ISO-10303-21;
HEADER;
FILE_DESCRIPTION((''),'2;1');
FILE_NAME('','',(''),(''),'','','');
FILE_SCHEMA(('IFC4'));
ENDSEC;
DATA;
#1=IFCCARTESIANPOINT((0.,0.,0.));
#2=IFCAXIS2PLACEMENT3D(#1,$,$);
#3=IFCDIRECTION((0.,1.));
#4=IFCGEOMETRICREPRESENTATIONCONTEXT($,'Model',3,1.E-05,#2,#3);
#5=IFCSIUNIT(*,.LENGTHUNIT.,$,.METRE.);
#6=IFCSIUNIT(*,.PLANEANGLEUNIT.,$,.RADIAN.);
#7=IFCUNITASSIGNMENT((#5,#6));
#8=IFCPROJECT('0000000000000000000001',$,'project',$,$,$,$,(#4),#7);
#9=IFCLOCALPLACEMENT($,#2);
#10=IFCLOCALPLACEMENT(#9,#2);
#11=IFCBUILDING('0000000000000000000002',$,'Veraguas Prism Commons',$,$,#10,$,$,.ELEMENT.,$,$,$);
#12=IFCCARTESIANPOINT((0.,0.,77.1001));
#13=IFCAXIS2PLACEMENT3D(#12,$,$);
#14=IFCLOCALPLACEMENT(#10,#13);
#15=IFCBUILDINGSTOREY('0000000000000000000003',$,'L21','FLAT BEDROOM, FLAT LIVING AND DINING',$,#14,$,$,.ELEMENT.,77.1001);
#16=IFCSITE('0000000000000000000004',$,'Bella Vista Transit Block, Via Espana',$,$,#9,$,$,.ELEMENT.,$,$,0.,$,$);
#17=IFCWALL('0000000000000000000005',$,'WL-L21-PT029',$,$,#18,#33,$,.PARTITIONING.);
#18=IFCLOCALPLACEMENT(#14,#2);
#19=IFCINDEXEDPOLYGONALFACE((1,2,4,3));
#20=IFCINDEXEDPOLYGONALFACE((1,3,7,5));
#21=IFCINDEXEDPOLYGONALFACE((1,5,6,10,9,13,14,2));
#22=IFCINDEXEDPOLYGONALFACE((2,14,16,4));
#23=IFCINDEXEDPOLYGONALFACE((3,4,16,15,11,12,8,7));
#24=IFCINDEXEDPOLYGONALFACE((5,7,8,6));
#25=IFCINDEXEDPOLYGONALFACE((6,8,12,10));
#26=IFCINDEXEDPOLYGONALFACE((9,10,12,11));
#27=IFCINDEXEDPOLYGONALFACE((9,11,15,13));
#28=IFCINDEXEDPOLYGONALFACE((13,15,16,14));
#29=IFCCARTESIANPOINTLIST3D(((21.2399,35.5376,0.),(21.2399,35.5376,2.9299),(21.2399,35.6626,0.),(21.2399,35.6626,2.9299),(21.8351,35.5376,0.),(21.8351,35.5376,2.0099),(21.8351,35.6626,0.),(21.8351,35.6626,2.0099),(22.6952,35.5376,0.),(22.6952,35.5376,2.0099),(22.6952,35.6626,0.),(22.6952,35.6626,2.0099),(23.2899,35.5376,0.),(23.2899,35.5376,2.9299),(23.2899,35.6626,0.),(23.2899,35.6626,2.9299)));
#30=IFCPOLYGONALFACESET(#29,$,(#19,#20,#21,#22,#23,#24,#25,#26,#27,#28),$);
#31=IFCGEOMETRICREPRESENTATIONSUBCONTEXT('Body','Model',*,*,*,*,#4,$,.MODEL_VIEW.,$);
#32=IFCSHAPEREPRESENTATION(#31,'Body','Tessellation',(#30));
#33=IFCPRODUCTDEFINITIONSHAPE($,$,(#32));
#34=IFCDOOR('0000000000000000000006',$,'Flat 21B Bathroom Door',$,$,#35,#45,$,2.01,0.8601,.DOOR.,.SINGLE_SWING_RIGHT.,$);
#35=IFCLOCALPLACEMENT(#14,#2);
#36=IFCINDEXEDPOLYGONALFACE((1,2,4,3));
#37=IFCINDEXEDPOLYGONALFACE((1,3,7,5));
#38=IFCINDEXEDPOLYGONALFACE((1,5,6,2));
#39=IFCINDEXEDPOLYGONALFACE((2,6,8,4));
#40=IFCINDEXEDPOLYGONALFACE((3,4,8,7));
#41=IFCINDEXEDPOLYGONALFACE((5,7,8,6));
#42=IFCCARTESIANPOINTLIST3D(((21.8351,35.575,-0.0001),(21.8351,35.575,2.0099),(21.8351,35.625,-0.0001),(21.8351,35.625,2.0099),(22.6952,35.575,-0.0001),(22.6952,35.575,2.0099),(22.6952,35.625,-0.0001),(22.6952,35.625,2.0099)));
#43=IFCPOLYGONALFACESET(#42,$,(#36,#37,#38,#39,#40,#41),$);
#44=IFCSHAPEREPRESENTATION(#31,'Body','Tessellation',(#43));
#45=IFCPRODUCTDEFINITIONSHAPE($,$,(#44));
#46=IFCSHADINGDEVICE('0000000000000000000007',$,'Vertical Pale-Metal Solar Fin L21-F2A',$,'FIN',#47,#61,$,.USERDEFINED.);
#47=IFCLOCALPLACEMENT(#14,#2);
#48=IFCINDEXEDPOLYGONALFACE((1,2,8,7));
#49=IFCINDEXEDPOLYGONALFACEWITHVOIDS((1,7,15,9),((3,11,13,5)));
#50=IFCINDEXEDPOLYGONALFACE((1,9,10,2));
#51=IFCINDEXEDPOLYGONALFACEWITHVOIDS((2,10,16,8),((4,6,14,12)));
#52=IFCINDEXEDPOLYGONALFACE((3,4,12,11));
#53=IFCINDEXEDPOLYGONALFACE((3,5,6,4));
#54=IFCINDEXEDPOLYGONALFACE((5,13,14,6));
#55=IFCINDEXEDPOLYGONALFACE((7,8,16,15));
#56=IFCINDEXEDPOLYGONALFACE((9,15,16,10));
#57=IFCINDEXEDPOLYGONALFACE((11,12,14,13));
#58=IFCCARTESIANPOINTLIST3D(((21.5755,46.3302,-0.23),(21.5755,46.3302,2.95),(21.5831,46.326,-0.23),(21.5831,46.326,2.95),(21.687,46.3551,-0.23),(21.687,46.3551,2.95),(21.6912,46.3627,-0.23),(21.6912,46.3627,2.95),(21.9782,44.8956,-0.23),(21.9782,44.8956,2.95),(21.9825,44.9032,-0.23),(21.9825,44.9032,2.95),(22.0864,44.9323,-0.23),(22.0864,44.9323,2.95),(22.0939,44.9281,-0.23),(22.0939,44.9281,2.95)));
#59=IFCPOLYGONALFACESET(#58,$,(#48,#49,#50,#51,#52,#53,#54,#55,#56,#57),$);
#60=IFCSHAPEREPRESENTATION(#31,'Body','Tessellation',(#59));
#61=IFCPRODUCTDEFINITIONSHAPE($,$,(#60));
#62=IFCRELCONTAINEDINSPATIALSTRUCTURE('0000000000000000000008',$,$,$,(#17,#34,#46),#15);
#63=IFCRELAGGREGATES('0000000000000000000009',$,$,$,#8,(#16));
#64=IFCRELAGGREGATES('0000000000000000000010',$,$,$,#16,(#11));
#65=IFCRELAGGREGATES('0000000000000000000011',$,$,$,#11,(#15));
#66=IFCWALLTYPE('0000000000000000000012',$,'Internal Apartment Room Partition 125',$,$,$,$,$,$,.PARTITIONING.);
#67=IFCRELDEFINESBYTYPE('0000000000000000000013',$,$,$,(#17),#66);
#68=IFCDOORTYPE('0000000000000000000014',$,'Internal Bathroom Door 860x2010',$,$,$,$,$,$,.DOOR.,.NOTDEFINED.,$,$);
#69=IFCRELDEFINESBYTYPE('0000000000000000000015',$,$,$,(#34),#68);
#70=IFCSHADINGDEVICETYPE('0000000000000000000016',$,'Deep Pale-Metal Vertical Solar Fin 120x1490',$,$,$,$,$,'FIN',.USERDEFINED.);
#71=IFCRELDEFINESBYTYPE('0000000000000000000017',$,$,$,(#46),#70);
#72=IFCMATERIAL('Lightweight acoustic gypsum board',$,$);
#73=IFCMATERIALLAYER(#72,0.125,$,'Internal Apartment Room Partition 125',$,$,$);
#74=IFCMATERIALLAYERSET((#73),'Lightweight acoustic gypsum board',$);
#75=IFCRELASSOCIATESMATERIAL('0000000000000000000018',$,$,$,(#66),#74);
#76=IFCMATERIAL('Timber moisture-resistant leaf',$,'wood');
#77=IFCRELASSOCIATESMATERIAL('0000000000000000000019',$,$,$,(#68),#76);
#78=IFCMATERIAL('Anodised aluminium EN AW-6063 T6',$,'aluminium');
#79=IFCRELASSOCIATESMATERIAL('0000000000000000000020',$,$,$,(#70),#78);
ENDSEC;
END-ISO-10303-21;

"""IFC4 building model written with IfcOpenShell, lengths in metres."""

from ifc_helpers import new_model, si_unit, direction, frame, frame_2d, origin, origin_2d, place, context, subcontext, project, spatial, rectangle, hollow_rectangle, extrude, source, transform, mapped, material, layer, layer_set, material_profile, profile_set, type_object, element, fill, save


model = new_model("IFC4")

# Units and contexts
model_context = context("Model", 3, precision=1e-05, world=origin(), true_north=direction((0.0, 1.0)))
body_context = subcontext(model_context, "Body", "Model", "MODEL_VIEW")
ifc_project = project(units=[si_unit("LENGTHUNIT", "METRE"), si_unit("PLANEANGLEUNIT", "RADIAN")], contexts=[model_context])

# Site, building, storey
site_placement = place(None, origin())
site = spatial("IfcSite", under=ifc_project, at=site_placement, Name="Bella Vista Transit Block, Via Espana", CompositionType="ELEMENT", RefElevation=0.0)
building_placement = place(site_placement, origin())
building = spatial("IfcBuilding", under=site, at=building_placement, Name="Veraguas Prism Commons", CompositionType="ELEMENT")
storey_placement = place(building_placement, frame((0.0, 0.0, 77.1001)))
storey = spatial("IfcBuildingStorey", under=building, at=storey_placement, Name="L21", Description="FLAT BEDROOM, FLAT LIVING AND DINING", CompositionType="ELEMENT", Elevation=77.1001)

# Shared definitions
ifc_material_1 = material(Name="Anodised aluminium EN AW-6063 T6", Category="aluminium")

# Shared definitions
ifc_material_2 = material(Name="Lightweight acoustic gypsum board")
ifc_layer_1 = layer(ifc_material_2, 0.125, Name="Internal Apartment Room Partition 125")
ifc_layer_set_1 = layer_set([ifc_layer_1], Name="Lightweight acoustic gypsum board")
wall_type_1 = type_object("IfcWallType", Name="Internal Apartment Room Partition 125", PredefinedType="PARTITIONING", material=ifc_layer_set_1)

# Wall, opening, door
wall_1_placement = place(storey_placement, frame((21.24, 35.6001, 0.0), z_axis=(0.0, 0.0, 1.0), x_axis=(1.0, 0.0, 0.0)))
wall_1 = element("IfcWall", 1, at=wall_1_placement, inside=storey, type_object=wall_type_1, Name="WL-L21-PT029", PredefinedType="PARTITIONING", context=body_context, shape_type="SweptSolid", body=[
    extrude(rectangle(XDim=2.05, YDim=0.125, at=frame_2d((1.0249, 0.0))), origin(), (0.0, 0.0, 1.0), 2.9299),
])
opening_1_placement = place(wall_1_placement, frame((0.595, 0.0, 0.0)))
opening_1 = element("IfcOpeningElement", 2, at=opening_1_placement, cuts=wall_1, PredefinedType="OPENING", context=body_context, shape_type="SweptSolid", body=[
    extrude(rectangle(XDim=0.8601, YDim=2.01, at=frame_2d((0.4302, 1.0049))), frame((0.0, 0.0725, 0.0), z_axis=(0.0, -1.0, 0.0), x_axis=(1.0, 0.0, 0.0)), (0.0, 0.0, 1.0), 0.145),
])
ifc_material_3 = material(Name="Timber moisture-resistant leaf", Category="wood")
door_type_1 = type_object("IfcDoorType", Name="Internal Bathroom Door 860x2010", OperationType="NOTDEFINED", PredefinedType="DOOR", material=ifc_material_3)
shared_shape_1 = source(origin(), body_context, "Body", "SweptSolid", [
    extrude(rectangle(XDim=0.8601, YDim=2.01, at=frame_2d((0.4302, 1.0049))), frame((0.0, 0.0249, 0.0), z_axis=(0.0, -1.0, 0.0), x_axis=(1.0, 0.0, 0.0)), (0.0, 0.0, 1.0), 0.05),
])
door_1_placement = place(opening_1_placement, origin())
door_1 = element("IfcDoor", 3, at=door_1_placement, inside=storey, type_object=door_type_1, Name="Flat 21B Bathroom Door", OperationType="SINGLE_SWING_RIGHT", OverallHeight=2.01, OverallWidth=0.8601, PredefinedType="DOOR", context=body_context, shape_type="MappedRepresentation", body=[
    mapped(shared_shape_1, transform((0.0, 0.0, 0.0), scale=1.0)),
])
fill(opening_1, door_1)

# Shading device
ifc_material_profile_1 = material_profile(ifc_material_1, hollow_rectangle(XDim=0.1201, YDim=1.49, WallThickness=0.0061, at=origin_2d()), Name="FIN120X1490X6")
ifc_profile_set_1 = profile_set([ifc_material_profile_1], Name="Anodised aluminium EN AW-6063 T6")
shading_device_type = type_object("IfcShadingDeviceType", Name="Deep Pale-Metal Vertical Solar Fin 120x1490", ElementType="FIN", PredefinedType="USERDEFINED", material=ifc_profile_set_1)
shading_device_placement = place(storey_placement, frame((21.8347, 45.6292, -0.23), z_axis=(0.0, 0.0, 1.0), x_axis=(-0.962786, -0.270264, 0.0)))
element("IfcShadingDevice", 4, at=shading_device_placement, inside=storey, type_object=shading_device_type, Name="Vertical Pale-Metal Solar Fin L21-F2A", ObjectType="FIN", PredefinedType="USERDEFINED", context=body_context, shape_type="SweptSolid", body=[
    extrude(hollow_rectangle(XDim=0.1201, YDim=1.49, WallThickness=0.0061, at=origin_2d()), origin(), (0.0, 0.0, 1.0), 3.1799),
])

save(model, "model.ifc")
